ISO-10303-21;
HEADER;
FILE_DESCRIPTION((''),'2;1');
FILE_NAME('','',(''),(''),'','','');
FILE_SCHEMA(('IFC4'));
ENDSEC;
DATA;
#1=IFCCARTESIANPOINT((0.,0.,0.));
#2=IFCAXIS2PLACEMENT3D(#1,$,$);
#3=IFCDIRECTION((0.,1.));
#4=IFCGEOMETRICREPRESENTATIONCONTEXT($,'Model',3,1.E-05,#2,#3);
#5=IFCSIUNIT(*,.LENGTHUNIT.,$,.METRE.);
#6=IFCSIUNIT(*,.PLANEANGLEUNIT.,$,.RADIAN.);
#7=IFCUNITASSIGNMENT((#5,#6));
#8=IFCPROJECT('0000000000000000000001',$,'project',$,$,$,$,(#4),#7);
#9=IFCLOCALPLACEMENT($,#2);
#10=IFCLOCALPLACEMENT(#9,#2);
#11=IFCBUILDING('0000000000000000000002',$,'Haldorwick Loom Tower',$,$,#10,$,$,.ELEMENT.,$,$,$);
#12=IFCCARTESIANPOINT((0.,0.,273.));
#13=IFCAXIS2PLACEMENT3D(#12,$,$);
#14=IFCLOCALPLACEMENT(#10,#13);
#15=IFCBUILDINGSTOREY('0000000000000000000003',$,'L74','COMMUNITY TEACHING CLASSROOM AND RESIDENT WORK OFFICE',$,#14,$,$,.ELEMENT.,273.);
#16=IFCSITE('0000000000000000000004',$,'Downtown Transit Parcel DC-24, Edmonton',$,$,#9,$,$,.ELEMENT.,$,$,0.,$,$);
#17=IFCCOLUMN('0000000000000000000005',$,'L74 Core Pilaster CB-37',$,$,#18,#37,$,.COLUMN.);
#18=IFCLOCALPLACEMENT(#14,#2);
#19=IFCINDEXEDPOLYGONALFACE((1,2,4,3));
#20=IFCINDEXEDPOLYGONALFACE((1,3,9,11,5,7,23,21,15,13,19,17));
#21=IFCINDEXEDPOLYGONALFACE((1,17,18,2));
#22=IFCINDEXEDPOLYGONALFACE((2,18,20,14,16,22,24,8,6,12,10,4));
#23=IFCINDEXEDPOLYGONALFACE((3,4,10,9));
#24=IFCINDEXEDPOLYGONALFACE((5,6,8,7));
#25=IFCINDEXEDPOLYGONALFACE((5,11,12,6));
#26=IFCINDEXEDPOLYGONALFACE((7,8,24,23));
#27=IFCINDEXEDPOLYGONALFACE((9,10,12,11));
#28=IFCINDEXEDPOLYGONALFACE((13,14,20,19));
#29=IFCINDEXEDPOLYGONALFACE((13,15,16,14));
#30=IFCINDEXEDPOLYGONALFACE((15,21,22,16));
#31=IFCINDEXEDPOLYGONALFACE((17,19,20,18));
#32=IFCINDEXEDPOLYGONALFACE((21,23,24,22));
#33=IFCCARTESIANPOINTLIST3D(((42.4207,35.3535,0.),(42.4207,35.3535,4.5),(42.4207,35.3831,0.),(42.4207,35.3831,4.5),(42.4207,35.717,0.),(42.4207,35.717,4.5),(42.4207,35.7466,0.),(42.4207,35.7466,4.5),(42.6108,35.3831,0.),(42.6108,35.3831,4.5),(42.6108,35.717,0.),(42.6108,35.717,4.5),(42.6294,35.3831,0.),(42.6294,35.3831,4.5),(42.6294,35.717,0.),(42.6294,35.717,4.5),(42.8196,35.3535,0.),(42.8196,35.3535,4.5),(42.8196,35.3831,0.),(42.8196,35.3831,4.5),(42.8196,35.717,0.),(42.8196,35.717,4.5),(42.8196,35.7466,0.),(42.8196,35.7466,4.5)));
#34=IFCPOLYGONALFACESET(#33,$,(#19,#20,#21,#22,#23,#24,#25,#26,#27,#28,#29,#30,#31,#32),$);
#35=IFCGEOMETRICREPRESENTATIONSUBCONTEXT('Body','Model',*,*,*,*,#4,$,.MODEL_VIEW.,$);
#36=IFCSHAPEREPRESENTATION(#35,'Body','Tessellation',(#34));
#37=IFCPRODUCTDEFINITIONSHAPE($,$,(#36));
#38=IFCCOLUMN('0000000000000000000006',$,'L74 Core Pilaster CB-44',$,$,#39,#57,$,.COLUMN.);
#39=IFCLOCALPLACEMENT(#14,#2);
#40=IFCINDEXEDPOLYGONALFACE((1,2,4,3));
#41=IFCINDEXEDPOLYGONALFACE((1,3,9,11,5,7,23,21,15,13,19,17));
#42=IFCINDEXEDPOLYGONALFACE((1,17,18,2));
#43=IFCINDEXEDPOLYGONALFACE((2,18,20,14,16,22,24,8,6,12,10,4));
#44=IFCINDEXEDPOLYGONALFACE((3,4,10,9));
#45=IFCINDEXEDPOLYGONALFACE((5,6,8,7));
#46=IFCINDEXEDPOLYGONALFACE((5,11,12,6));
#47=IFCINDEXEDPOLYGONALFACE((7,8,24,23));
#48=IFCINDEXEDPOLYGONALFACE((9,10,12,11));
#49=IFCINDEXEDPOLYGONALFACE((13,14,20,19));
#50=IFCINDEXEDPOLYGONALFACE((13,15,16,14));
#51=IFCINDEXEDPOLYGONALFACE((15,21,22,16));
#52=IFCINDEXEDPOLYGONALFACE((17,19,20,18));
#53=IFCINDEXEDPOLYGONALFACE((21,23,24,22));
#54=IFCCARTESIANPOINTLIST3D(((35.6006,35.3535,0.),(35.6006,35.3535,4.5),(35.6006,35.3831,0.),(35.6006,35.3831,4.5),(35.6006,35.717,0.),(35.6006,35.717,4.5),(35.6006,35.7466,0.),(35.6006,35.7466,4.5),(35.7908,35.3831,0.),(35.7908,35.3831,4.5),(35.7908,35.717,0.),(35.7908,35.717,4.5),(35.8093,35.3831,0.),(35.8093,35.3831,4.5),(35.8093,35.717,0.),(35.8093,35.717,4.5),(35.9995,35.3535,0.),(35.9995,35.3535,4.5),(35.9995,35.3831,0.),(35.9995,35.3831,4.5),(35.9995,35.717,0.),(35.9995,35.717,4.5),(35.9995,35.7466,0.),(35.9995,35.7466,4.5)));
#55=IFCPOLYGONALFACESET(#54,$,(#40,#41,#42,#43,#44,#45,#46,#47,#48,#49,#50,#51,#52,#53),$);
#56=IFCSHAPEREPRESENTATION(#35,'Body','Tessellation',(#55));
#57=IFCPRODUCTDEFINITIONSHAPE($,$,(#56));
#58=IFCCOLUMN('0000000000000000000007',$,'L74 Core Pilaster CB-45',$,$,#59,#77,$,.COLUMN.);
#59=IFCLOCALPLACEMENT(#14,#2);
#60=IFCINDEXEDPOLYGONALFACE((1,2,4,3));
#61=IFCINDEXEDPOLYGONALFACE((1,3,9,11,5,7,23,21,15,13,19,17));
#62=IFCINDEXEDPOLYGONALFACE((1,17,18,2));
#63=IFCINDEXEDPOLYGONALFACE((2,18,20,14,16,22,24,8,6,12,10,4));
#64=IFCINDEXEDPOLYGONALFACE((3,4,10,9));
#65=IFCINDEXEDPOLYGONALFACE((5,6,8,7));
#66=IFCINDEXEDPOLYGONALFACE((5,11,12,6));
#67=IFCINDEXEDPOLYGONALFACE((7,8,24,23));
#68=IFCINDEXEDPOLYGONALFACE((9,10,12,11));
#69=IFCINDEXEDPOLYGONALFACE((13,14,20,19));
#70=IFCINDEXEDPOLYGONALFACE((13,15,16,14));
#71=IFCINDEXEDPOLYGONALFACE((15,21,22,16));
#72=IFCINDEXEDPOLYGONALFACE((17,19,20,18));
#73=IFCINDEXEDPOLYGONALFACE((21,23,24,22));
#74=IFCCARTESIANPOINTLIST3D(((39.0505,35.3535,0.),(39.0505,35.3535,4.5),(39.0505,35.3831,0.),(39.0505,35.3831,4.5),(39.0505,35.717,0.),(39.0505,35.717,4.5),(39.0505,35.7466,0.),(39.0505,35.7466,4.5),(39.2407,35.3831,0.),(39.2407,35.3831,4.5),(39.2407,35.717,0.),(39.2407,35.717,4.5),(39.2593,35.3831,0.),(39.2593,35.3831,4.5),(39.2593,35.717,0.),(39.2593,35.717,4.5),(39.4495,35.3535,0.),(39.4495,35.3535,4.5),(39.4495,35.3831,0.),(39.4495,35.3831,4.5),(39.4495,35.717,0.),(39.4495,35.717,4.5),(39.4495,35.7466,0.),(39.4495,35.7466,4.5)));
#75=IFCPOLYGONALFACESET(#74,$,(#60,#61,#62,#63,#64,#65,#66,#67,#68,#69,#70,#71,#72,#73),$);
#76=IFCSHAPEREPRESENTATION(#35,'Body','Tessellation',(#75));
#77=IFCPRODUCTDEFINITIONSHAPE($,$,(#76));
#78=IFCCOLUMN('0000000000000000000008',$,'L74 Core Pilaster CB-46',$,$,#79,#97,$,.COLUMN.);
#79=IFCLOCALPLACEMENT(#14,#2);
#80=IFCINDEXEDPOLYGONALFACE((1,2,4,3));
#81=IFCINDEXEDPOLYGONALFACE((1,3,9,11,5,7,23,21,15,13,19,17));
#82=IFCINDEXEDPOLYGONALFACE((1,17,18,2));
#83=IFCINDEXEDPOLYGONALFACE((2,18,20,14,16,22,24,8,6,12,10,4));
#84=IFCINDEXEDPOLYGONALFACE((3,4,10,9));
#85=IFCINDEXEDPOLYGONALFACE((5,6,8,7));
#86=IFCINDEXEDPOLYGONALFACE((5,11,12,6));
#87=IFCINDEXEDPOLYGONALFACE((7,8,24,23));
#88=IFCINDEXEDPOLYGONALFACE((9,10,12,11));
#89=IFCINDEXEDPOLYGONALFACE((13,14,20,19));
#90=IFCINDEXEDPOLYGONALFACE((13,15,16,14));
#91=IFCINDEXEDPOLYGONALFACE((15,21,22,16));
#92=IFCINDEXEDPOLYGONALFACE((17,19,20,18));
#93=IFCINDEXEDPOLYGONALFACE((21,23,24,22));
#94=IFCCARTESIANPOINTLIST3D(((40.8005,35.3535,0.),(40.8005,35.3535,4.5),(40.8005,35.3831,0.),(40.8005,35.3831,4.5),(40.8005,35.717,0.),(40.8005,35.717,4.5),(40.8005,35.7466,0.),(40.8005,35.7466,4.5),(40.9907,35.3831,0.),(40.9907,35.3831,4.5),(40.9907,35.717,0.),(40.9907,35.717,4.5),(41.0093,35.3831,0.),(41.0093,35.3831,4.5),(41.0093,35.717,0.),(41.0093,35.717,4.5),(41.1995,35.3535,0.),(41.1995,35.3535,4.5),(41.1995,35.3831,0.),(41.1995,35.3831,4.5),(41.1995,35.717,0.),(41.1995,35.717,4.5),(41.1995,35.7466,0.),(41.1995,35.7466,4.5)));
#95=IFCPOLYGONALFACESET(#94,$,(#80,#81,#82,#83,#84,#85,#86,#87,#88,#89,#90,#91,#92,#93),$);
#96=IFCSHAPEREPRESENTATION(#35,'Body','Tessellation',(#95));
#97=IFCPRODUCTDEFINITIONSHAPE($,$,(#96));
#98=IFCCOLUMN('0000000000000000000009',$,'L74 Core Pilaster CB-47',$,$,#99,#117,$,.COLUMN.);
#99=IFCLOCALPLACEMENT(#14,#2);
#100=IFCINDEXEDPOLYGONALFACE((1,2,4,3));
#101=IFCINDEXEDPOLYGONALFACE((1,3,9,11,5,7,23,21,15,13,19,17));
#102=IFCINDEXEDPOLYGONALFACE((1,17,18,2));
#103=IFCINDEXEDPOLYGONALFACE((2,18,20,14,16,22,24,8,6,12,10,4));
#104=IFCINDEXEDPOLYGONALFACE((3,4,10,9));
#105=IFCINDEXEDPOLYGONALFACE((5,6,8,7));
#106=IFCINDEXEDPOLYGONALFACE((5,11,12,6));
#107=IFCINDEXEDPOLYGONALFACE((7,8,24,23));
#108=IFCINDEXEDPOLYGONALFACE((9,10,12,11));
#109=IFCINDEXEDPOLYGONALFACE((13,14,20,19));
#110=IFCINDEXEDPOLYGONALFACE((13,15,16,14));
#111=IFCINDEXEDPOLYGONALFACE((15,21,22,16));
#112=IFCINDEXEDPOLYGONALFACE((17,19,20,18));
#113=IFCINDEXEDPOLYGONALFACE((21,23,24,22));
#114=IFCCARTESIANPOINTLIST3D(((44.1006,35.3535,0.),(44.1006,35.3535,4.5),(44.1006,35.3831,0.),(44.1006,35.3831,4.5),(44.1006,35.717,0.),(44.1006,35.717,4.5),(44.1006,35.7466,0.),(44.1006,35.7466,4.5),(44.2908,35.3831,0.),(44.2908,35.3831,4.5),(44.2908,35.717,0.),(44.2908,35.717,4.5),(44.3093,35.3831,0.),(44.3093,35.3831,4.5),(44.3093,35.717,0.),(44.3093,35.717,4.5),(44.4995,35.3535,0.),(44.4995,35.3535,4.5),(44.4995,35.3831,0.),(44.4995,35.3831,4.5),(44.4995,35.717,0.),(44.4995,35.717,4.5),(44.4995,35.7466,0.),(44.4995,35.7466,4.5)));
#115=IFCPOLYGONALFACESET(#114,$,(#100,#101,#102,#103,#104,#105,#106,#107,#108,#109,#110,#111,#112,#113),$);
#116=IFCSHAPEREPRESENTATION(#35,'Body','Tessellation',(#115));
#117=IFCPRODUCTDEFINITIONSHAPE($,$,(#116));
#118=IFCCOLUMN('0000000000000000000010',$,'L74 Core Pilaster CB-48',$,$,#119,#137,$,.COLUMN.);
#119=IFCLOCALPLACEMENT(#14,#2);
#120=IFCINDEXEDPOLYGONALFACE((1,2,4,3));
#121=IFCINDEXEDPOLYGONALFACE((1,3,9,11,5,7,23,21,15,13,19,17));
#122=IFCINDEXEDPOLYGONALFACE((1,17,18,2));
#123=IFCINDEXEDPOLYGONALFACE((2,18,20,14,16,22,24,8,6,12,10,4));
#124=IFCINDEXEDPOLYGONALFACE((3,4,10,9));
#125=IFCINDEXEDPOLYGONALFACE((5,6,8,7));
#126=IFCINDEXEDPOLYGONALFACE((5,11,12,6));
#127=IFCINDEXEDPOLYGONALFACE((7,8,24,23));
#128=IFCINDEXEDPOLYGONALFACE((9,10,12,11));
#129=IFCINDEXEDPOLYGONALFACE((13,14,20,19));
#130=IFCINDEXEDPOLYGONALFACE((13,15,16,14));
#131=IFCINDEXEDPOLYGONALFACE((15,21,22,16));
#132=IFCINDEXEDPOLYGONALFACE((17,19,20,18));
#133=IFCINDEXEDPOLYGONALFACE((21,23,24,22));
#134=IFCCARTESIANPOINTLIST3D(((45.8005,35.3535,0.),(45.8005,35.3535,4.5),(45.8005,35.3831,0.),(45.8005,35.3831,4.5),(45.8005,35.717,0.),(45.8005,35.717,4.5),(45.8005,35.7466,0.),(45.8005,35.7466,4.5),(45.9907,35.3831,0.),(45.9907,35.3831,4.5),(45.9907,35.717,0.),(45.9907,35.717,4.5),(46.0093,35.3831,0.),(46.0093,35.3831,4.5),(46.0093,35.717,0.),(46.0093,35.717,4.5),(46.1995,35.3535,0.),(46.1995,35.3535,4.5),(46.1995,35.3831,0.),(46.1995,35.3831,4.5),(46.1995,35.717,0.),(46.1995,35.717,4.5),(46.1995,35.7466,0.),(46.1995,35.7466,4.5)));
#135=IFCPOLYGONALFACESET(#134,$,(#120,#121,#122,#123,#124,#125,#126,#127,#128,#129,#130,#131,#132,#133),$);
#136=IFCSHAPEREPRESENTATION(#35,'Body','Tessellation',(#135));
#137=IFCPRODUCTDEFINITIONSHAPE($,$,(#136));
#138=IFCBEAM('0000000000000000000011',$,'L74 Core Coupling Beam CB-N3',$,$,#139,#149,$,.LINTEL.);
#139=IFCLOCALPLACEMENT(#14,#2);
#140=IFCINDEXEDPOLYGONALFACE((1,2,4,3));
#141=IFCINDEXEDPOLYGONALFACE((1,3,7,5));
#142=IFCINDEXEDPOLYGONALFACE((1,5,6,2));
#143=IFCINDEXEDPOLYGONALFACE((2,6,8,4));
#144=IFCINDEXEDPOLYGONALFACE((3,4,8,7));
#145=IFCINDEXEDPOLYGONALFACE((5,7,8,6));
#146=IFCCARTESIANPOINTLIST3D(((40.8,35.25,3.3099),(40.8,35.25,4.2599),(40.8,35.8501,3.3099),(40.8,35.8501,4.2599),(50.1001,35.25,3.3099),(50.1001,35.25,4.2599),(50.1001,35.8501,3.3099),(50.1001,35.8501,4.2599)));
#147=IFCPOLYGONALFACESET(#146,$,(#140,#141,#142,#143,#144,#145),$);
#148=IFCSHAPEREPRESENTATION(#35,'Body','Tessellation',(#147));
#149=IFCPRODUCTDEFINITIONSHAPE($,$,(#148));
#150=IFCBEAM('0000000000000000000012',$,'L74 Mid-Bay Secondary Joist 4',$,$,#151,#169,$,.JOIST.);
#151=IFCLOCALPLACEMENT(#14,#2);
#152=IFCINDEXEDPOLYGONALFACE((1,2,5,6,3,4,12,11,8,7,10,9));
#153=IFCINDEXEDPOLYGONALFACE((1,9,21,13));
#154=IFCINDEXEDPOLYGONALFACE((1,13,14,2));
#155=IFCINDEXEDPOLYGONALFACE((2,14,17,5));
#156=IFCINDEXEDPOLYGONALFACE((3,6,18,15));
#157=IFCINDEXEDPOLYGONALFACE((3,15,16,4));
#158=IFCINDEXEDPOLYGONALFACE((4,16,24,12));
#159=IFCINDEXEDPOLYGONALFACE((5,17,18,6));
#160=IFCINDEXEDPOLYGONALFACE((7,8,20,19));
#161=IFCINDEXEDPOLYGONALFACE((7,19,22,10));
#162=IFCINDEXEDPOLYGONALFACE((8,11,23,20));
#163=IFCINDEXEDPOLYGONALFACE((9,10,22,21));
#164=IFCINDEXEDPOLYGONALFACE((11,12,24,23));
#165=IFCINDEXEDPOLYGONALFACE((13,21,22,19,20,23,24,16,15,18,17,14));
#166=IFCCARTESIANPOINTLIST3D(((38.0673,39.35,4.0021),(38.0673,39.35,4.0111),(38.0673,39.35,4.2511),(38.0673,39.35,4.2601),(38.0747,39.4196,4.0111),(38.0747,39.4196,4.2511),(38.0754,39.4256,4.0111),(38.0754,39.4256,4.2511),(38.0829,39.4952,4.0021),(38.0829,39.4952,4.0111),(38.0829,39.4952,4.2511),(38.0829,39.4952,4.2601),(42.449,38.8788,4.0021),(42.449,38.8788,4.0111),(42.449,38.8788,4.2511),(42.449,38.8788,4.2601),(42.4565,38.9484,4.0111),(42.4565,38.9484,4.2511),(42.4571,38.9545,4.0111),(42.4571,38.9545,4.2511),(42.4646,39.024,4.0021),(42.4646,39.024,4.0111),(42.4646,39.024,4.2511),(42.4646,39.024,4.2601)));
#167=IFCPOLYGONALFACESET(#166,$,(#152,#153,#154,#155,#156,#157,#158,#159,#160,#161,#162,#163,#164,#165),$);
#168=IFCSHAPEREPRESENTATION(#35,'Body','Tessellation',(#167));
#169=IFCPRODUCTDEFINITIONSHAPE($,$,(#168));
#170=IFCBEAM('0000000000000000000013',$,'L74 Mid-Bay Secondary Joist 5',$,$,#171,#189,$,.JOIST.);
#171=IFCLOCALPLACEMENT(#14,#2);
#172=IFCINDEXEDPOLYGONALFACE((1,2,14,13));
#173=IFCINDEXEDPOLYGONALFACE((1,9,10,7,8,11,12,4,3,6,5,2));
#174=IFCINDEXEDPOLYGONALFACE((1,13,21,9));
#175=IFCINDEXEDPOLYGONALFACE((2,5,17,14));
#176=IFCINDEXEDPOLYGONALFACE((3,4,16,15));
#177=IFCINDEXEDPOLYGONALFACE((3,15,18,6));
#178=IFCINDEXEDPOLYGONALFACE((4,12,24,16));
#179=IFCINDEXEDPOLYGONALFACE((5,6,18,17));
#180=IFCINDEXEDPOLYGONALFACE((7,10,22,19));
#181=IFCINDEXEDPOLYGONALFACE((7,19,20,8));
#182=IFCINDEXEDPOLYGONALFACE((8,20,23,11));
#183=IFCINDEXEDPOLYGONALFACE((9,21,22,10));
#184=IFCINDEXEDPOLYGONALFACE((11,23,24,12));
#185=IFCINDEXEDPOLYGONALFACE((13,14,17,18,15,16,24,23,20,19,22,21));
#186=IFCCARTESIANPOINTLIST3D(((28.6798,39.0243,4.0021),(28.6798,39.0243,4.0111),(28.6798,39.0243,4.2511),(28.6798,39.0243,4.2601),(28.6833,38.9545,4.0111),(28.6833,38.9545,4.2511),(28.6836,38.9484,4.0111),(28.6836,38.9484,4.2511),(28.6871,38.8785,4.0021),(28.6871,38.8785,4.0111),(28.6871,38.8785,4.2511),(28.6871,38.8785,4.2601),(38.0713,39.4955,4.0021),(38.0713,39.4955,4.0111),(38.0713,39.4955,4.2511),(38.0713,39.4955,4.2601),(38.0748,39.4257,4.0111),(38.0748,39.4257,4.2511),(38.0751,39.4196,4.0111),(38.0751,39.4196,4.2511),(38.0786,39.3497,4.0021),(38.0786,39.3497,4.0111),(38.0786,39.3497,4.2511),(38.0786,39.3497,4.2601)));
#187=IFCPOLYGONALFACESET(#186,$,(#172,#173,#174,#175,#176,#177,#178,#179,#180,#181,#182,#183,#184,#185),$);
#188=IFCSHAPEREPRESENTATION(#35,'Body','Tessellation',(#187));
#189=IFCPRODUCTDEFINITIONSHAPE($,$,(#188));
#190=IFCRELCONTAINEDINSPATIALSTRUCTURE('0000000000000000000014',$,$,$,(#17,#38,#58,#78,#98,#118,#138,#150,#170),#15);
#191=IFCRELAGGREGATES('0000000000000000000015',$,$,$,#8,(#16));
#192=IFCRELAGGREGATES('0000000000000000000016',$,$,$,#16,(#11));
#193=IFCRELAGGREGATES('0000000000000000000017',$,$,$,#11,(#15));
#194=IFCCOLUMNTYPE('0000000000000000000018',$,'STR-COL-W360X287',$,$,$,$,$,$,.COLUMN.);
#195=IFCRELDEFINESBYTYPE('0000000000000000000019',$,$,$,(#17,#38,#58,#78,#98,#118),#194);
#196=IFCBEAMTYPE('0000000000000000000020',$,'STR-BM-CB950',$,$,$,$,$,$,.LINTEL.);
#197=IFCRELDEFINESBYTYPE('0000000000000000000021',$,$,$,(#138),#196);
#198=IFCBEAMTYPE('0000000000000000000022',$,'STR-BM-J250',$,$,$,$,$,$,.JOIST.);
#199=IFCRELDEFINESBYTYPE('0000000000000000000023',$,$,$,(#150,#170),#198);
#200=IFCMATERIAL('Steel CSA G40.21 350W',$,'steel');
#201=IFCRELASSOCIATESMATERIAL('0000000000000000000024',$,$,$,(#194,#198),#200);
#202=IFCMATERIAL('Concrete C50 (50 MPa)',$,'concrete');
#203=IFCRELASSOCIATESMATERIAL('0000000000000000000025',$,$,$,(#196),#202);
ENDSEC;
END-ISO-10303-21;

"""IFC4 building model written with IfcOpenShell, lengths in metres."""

from ifc_helpers import new_model, si_unit, direction, frame, origin, origin_2d, place, context, subcontext, project, spatial, rectangle, i_section, extrude, material, material_profile, profile_set, type_object, element, save


model = new_model("IFC4")

# Units and contexts
model_context = context("Model", 3, precision=1e-05, world=origin(), true_north=direction((0.0, 1.0)))
body_context = subcontext(model_context, "Body", "Model", "MODEL_VIEW")
ifc_project = project(units=[si_unit("LENGTHUNIT", "METRE"), si_unit("PLANEANGLEUNIT", "RADIAN")], contexts=[model_context])

# Site, building, storey
site_placement = place(None, origin())
site = spatial("IfcSite", under=ifc_project, at=site_placement, Name="Downtown Transit Parcel DC-24, Edmonton", CompositionType="ELEMENT", RefElevation=0.0)
building_placement = place(site_placement, origin())
building = spatial("IfcBuilding", under=site, at=building_placement, Name="Haldorwick Loom Tower", CompositionType="ELEMENT")
storey_placement = place(building_placement, frame((0.0, 0.0, 273.0)))
storey = spatial("IfcBuildingStorey", under=building, at=storey_placement, Name="L74", Description="COMMUNITY TEACHING CLASSROOM AND RESIDENT WORK OFFICE", CompositionType="ELEMENT", Elevation=273.0)

# Columns
ifc_material_1 = material(Name="Concrete C50 (50 MPa)", Category="concrete")
ifc_material_2 = material(Name="Steel CSA G40.21 350W", Category="steel")
ifc_material_profile_1 = material_profile(ifc_material_2, i_section(OverallWidth=0.3989, OverallDepth=0.3931, WebThickness=0.0186, FlangeThickness=0.0295, at=origin_2d()), Name="W360X287", Category="steel")
ifc_profile_set_1 = profile_set([ifc_material_profile_1], Name="Steel CSA G40.21 350W")
column_type_1 = type_object("IfcColumnType", Name="STR-COL-W360X287", PredefinedType="COLUMN", material=ifc_profile_set_1)
for number, where, z_axis, x_axis, name in (
    (1, (42.6201, 35.55, 0.0), (0.0, 0.0, 1.0), (1.0, 0.0, 0.0), "L74 Core Pilaster CB-37"),
    (2, (35.8, 35.55, 0.0), (0.0, 0.0, 1.0), (1.0, 0.0, 0.0), "L74 Core Pilaster CB-44"),
    (3, (39.25, 35.55, 0.0), (0.0, 0.0, 1.0), (1.0, 0.0, 0.0), "L74 Core Pilaster CB-45"),
    (4, (41.0, 35.55, 0.0), (0.0, 0.0, 1.0), (1.0, 0.0, 0.0), "L74 Core Pilaster CB-46"),
    (5, (44.3, 35.55, 0.0), (0.0, 0.0, 1.0), (1.0, 0.0, 0.0), "L74 Core Pilaster CB-47"),
    (6, (46.0, 35.55, 0.0), (0.0, 0.0, 1.0), (1.0, 0.0, 0.0), "L74 Core Pilaster CB-48"),
):
    element("IfcColumn", number, at=place(storey_placement, frame(where, z_axis=z_axis, x_axis=x_axis)), inside=storey, type_object=column_type_1, Name=name, PredefinedType="COLUMN", context=body_context, shape_type="SweptSolid", body=[
        extrude(i_section(OverallWidth=0.3989, OverallDepth=0.3931, WebThickness=0.0186, FlangeThickness=0.0295, at=origin_2d()), origin(), (0.0, 0.0, 1.0), 4.5),
    ])

# Beams
ifc_material_profile_2 = material_profile(ifc_material_1, rectangle(XDim=0.6001, YDim=0.95, at=origin_2d()), Name="RC600X950", Category="concrete")
ifc_profile_set_2 = profile_set([ifc_material_profile_2], Name="Concrete C50 (50 MPa)")
beam_type_1 = type_object("IfcBeamType", Name="STR-BM-CB950", PredefinedType="LINTEL", material=ifc_profile_set_2)
beam_1_placement = place(storey_placement, frame((40.8, 35.55, 3.7849), z_axis=(1.0, 0.0, 0.0), x_axis=(0.0, 1.0, 0.0)))
element("IfcBeam", 7, at=beam_1_placement, inside=storey, type_object=beam_type_1, Name="L74 Core Coupling Beam CB-N3", PredefinedType="LINTEL", context=body_context, shape_type="SweptSolid", body=[
    extrude(rectangle(XDim=0.6001, YDim=0.95, at=origin_2d()), origin(), (0.0, 0.0, 1.0), 9.3),
])
ifc_material_profile_3 = material_profile(ifc_material_2, i_section(OverallWidth=0.146, OverallDepth=0.2581, WebThickness=0.0061, FlangeThickness=0.009, at=origin_2d()), Name="W250X33", Category="steel")
ifc_profile_set_3 = profile_set([ifc_material_profile_3], Name="Steel CSA G40.21 350W")
beam_type_2 = type_object("IfcBeamType", Name="STR-BM-J250", PredefinedType="JOIST", material=ifc_profile_set_3)
beam_2_placement = place(storey_placement, frame((42.4568, 38.9514, 4.1311), z_axis=(-0.994268, 0.106916, 0.0), x_axis=(-0.106916, -0.994268, 0.0)))
element("IfcBeam", 8, at=beam_2_placement, inside=storey, type_object=beam_type_2, Name="L74 Mid-Bay Secondary Joist 4", PredefinedType="JOIST", context=body_context, shape_type="SweptSolid", body=[
    extrude(i_section(OverallWidth=0.146, OverallDepth=0.2581, WebThickness=0.0061, FlangeThickness=0.009, at=origin_2d()), origin(), (0.0, 0.0, 1.0), 4.407),
])
beam_3_placement = place(storey_placement, frame((38.075, 39.4226, 4.1311), z_axis=(-0.998744, -0.050109, 0.0), x_axis=(0.050109, -0.998744, 0.0)))
element("IfcBeam", 9, at=beam_3_placement, inside=storey, type_object=beam_type_2, Name="L74 Mid-Bay Secondary Joist 5", PredefinedType="JOIST", context=body_context, shape_type="SweptSolid", body=[
    extrude(i_section(OverallWidth=0.146, OverallDepth=0.2581, WebThickness=0.0061, FlangeThickness=0.009, at=origin_2d()), origin(), (0.0, 0.0, 1.0), 9.4033),
])

save(model, "model.ifc")
